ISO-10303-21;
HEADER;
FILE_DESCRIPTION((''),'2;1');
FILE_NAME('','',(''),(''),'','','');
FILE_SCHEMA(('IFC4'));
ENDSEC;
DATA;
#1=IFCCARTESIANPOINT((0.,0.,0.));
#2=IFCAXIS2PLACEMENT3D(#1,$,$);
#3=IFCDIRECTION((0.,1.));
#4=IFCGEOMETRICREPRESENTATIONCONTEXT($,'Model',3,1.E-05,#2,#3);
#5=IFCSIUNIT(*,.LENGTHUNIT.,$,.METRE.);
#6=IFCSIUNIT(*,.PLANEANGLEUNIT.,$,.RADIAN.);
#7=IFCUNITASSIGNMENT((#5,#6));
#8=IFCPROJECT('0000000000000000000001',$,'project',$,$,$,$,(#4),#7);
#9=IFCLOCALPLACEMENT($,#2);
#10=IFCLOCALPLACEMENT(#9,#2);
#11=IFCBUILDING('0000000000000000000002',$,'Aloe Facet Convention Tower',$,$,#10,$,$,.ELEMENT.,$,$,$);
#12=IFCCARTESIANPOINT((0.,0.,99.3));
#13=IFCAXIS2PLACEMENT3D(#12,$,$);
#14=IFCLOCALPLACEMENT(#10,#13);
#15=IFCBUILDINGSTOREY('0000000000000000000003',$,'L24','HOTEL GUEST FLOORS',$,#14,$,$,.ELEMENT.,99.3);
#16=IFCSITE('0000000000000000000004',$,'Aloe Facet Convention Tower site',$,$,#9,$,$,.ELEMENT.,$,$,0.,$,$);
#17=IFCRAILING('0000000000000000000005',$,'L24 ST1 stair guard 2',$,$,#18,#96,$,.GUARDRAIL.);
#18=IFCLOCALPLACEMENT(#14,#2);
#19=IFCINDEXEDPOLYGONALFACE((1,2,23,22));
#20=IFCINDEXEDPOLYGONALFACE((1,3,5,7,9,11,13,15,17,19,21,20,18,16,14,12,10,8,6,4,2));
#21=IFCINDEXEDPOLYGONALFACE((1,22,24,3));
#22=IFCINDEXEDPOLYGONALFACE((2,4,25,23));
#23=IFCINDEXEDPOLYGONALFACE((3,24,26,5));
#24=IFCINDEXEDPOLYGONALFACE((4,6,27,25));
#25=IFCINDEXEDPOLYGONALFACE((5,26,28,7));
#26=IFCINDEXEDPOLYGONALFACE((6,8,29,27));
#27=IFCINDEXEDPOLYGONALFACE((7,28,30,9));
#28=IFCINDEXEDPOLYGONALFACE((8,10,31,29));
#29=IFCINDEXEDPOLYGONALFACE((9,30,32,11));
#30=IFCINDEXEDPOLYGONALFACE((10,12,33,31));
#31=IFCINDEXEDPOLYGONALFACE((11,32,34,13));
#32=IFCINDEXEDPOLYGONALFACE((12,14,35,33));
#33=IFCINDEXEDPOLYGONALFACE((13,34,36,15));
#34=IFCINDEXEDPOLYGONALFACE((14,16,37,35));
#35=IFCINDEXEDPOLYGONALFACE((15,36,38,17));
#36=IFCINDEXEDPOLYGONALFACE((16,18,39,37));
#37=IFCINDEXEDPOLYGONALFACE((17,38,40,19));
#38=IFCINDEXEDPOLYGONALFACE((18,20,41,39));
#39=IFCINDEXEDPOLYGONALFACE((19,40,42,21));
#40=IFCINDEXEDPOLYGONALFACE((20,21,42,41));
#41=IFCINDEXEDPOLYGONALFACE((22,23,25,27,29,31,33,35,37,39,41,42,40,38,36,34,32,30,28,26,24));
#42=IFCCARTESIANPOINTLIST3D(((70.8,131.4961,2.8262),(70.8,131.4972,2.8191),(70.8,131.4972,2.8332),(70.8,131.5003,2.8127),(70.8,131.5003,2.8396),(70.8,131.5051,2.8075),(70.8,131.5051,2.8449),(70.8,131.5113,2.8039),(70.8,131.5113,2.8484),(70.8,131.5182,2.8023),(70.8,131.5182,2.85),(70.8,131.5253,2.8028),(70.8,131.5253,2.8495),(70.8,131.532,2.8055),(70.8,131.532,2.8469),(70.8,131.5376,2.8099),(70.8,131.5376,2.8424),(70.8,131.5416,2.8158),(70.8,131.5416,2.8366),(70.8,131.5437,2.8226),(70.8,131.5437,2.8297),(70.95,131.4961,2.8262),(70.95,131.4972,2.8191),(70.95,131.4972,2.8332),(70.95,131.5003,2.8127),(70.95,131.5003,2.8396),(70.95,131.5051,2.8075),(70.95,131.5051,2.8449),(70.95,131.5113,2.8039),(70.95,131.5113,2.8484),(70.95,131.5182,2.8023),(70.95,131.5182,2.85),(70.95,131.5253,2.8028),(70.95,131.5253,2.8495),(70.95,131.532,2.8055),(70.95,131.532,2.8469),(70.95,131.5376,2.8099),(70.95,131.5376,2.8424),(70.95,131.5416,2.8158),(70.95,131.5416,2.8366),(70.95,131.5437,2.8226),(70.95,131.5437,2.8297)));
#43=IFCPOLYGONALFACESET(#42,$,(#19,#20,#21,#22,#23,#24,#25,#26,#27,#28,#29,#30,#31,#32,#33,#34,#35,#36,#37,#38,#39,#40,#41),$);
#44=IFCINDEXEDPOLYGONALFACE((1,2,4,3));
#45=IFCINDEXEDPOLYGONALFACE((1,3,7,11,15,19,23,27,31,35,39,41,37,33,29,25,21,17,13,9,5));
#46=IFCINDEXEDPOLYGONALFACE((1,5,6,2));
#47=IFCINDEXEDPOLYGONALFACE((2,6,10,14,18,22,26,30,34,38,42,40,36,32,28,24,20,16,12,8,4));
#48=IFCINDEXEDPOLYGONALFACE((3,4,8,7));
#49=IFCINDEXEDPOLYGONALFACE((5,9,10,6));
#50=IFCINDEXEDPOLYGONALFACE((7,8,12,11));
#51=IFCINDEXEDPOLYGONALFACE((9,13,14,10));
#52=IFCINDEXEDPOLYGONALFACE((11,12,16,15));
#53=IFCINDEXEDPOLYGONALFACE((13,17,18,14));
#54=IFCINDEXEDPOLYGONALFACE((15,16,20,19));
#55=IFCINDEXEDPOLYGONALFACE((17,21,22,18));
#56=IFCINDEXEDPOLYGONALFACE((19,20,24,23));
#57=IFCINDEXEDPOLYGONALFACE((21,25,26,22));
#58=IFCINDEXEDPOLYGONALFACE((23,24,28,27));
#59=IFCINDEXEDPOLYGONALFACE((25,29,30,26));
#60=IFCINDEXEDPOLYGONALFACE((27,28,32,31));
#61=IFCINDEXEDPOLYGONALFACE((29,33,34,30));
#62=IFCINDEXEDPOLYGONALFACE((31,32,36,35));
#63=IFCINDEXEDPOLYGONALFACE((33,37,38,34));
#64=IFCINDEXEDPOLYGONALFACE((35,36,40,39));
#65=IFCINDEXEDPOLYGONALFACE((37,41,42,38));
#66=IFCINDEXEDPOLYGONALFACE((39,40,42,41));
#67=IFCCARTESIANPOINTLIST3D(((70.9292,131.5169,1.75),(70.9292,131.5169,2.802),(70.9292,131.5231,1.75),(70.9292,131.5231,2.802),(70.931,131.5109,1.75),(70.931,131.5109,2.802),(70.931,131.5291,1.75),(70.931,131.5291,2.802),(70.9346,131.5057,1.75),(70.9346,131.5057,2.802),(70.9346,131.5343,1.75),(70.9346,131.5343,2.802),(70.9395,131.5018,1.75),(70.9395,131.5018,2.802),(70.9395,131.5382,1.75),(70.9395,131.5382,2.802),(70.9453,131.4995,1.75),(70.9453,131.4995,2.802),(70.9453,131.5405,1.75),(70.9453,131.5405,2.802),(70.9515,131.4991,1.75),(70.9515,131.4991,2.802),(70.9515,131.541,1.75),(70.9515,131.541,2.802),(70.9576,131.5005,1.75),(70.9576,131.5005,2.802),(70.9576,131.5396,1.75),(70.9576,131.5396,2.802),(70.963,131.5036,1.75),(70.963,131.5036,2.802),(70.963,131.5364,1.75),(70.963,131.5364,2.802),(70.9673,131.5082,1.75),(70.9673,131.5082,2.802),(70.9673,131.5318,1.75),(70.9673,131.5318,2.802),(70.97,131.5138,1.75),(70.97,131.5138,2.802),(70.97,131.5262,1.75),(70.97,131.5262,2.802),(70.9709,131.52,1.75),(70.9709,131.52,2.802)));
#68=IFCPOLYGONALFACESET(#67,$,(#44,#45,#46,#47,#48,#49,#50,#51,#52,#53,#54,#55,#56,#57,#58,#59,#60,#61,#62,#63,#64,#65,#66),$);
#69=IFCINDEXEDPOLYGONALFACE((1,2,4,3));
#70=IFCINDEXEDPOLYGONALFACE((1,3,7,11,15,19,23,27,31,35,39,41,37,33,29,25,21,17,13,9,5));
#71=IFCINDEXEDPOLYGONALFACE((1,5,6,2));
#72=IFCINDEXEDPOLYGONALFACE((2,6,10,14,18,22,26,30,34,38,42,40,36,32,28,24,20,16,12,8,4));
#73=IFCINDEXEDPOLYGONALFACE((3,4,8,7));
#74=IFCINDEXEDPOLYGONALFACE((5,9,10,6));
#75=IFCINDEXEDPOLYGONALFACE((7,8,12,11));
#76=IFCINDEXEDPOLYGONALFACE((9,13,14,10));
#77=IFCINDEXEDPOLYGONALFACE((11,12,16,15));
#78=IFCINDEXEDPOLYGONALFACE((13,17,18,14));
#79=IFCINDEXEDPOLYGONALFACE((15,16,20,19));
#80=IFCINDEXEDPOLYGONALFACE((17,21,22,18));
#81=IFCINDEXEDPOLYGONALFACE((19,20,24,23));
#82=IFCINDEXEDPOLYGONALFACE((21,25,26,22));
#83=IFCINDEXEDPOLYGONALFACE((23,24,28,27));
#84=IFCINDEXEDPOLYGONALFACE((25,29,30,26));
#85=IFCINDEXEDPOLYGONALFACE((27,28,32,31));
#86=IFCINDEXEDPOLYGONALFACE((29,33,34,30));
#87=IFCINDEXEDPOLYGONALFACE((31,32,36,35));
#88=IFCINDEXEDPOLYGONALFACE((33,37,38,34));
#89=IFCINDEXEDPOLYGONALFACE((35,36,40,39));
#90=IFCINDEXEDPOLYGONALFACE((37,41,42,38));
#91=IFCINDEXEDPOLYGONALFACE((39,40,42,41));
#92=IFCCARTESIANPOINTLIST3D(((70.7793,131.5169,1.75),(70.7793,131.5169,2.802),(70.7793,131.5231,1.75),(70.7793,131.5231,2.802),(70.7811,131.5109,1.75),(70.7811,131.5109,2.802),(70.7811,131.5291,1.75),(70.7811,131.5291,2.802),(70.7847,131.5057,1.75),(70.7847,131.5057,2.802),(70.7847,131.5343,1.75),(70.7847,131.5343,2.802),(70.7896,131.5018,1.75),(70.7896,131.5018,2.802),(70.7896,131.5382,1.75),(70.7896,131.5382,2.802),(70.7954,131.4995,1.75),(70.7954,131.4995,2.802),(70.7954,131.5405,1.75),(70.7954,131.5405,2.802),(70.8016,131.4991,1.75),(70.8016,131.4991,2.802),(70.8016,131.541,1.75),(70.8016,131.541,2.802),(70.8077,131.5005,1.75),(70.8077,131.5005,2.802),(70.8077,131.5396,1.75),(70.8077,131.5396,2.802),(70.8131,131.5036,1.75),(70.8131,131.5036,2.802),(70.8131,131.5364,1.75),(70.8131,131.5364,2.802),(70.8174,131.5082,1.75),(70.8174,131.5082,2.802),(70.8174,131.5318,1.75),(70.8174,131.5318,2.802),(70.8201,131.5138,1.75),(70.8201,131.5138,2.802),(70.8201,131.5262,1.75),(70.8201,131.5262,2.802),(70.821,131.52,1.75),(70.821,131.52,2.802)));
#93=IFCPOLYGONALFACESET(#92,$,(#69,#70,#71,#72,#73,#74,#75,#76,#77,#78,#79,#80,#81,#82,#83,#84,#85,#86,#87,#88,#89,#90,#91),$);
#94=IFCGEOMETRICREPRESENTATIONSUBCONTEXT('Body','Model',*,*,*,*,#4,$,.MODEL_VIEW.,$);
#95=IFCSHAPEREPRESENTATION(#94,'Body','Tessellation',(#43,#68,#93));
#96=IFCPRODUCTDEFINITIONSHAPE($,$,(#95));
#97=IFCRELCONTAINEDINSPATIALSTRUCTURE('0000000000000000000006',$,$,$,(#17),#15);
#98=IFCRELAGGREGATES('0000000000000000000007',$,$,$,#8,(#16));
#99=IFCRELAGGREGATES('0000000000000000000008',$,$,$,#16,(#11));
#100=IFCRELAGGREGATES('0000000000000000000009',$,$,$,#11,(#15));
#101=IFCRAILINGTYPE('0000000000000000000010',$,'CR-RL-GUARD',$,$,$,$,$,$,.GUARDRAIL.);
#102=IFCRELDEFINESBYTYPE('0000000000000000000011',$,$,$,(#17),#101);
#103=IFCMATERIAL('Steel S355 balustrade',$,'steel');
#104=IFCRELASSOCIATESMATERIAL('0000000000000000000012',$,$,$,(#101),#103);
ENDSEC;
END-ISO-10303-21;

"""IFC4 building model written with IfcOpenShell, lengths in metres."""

from ifc_helpers import new_model, si_unit, direction, frame, origin, origin_2d, place, context, subcontext, project, spatial, circle, extrude, material, type_object, element, save


model = new_model("IFC4")

# Units and contexts
model_context = context("Model", 3, precision=1e-05, world=origin(), true_north=direction((0.0, 1.0)))
body_context = subcontext(model_context, "Body", "Model", "MODEL_VIEW")
ifc_project = project(units=[si_unit("LENGTHUNIT", "METRE"), si_unit("PLANEANGLEUNIT", "RADIAN")], contexts=[model_context])

# Site, building, storey
site_placement = place(None, origin())
site = spatial("IfcSite", under=ifc_project, at=site_placement, Name="Aloe Facet Convention Tower site", CompositionType="ELEMENT", RefElevation=0.0)
building_placement = place(site_placement, origin())
building = spatial("IfcBuilding", under=site, at=building_placement, Name="Aloe Facet Convention Tower", CompositionType="ELEMENT")
storey_placement = place(building_placement, frame((0.0, 0.0, 99.3)))
storey = spatial("IfcBuildingStorey", under=building, at=storey_placement, Name="L24", Description="HOTEL GUEST FLOORS", CompositionType="ELEMENT", Elevation=99.3)

# Railing
ifc_material_1 = material(Name="Steel S355 balustrade", Category="steel")
railing_type_1 = type_object("IfcRailingType", Name="CR-RL-GUARD", PredefinedType="GUARDRAIL", material=ifc_material_1)
railing_1_placement = place(storey_placement, frame((70.95, 131.52, 1.75)))
element("IfcRailing", 1, at=railing_1_placement, inside=storey, type_object=railing_type_1, Name="L24 ST1 stair guard 2", PredefinedType="GUARDRAIL", context=body_context, shape_type="SweptSolid", body=[
    extrude(circle(Radius=0.0239, at=origin_2d()), frame((0.0, 0.0, 1.0762), z_axis=(-1.0, 0.0, 0.0), x_axis=(0.0, -1.0, 0.0)), (0.0, 0.0, 1.0), 0.1499),
    extrude(circle(Radius=0.021, at=origin_2d()), origin(), (0.0, 0.0, 1.0), 1.052),
    extrude(circle(Radius=0.021, at=origin_2d()), frame((-0.1499, 0.0, 0.0)), (0.0, 0.0, 1.0), 1.052),
])

save(model, "model.ifc")
